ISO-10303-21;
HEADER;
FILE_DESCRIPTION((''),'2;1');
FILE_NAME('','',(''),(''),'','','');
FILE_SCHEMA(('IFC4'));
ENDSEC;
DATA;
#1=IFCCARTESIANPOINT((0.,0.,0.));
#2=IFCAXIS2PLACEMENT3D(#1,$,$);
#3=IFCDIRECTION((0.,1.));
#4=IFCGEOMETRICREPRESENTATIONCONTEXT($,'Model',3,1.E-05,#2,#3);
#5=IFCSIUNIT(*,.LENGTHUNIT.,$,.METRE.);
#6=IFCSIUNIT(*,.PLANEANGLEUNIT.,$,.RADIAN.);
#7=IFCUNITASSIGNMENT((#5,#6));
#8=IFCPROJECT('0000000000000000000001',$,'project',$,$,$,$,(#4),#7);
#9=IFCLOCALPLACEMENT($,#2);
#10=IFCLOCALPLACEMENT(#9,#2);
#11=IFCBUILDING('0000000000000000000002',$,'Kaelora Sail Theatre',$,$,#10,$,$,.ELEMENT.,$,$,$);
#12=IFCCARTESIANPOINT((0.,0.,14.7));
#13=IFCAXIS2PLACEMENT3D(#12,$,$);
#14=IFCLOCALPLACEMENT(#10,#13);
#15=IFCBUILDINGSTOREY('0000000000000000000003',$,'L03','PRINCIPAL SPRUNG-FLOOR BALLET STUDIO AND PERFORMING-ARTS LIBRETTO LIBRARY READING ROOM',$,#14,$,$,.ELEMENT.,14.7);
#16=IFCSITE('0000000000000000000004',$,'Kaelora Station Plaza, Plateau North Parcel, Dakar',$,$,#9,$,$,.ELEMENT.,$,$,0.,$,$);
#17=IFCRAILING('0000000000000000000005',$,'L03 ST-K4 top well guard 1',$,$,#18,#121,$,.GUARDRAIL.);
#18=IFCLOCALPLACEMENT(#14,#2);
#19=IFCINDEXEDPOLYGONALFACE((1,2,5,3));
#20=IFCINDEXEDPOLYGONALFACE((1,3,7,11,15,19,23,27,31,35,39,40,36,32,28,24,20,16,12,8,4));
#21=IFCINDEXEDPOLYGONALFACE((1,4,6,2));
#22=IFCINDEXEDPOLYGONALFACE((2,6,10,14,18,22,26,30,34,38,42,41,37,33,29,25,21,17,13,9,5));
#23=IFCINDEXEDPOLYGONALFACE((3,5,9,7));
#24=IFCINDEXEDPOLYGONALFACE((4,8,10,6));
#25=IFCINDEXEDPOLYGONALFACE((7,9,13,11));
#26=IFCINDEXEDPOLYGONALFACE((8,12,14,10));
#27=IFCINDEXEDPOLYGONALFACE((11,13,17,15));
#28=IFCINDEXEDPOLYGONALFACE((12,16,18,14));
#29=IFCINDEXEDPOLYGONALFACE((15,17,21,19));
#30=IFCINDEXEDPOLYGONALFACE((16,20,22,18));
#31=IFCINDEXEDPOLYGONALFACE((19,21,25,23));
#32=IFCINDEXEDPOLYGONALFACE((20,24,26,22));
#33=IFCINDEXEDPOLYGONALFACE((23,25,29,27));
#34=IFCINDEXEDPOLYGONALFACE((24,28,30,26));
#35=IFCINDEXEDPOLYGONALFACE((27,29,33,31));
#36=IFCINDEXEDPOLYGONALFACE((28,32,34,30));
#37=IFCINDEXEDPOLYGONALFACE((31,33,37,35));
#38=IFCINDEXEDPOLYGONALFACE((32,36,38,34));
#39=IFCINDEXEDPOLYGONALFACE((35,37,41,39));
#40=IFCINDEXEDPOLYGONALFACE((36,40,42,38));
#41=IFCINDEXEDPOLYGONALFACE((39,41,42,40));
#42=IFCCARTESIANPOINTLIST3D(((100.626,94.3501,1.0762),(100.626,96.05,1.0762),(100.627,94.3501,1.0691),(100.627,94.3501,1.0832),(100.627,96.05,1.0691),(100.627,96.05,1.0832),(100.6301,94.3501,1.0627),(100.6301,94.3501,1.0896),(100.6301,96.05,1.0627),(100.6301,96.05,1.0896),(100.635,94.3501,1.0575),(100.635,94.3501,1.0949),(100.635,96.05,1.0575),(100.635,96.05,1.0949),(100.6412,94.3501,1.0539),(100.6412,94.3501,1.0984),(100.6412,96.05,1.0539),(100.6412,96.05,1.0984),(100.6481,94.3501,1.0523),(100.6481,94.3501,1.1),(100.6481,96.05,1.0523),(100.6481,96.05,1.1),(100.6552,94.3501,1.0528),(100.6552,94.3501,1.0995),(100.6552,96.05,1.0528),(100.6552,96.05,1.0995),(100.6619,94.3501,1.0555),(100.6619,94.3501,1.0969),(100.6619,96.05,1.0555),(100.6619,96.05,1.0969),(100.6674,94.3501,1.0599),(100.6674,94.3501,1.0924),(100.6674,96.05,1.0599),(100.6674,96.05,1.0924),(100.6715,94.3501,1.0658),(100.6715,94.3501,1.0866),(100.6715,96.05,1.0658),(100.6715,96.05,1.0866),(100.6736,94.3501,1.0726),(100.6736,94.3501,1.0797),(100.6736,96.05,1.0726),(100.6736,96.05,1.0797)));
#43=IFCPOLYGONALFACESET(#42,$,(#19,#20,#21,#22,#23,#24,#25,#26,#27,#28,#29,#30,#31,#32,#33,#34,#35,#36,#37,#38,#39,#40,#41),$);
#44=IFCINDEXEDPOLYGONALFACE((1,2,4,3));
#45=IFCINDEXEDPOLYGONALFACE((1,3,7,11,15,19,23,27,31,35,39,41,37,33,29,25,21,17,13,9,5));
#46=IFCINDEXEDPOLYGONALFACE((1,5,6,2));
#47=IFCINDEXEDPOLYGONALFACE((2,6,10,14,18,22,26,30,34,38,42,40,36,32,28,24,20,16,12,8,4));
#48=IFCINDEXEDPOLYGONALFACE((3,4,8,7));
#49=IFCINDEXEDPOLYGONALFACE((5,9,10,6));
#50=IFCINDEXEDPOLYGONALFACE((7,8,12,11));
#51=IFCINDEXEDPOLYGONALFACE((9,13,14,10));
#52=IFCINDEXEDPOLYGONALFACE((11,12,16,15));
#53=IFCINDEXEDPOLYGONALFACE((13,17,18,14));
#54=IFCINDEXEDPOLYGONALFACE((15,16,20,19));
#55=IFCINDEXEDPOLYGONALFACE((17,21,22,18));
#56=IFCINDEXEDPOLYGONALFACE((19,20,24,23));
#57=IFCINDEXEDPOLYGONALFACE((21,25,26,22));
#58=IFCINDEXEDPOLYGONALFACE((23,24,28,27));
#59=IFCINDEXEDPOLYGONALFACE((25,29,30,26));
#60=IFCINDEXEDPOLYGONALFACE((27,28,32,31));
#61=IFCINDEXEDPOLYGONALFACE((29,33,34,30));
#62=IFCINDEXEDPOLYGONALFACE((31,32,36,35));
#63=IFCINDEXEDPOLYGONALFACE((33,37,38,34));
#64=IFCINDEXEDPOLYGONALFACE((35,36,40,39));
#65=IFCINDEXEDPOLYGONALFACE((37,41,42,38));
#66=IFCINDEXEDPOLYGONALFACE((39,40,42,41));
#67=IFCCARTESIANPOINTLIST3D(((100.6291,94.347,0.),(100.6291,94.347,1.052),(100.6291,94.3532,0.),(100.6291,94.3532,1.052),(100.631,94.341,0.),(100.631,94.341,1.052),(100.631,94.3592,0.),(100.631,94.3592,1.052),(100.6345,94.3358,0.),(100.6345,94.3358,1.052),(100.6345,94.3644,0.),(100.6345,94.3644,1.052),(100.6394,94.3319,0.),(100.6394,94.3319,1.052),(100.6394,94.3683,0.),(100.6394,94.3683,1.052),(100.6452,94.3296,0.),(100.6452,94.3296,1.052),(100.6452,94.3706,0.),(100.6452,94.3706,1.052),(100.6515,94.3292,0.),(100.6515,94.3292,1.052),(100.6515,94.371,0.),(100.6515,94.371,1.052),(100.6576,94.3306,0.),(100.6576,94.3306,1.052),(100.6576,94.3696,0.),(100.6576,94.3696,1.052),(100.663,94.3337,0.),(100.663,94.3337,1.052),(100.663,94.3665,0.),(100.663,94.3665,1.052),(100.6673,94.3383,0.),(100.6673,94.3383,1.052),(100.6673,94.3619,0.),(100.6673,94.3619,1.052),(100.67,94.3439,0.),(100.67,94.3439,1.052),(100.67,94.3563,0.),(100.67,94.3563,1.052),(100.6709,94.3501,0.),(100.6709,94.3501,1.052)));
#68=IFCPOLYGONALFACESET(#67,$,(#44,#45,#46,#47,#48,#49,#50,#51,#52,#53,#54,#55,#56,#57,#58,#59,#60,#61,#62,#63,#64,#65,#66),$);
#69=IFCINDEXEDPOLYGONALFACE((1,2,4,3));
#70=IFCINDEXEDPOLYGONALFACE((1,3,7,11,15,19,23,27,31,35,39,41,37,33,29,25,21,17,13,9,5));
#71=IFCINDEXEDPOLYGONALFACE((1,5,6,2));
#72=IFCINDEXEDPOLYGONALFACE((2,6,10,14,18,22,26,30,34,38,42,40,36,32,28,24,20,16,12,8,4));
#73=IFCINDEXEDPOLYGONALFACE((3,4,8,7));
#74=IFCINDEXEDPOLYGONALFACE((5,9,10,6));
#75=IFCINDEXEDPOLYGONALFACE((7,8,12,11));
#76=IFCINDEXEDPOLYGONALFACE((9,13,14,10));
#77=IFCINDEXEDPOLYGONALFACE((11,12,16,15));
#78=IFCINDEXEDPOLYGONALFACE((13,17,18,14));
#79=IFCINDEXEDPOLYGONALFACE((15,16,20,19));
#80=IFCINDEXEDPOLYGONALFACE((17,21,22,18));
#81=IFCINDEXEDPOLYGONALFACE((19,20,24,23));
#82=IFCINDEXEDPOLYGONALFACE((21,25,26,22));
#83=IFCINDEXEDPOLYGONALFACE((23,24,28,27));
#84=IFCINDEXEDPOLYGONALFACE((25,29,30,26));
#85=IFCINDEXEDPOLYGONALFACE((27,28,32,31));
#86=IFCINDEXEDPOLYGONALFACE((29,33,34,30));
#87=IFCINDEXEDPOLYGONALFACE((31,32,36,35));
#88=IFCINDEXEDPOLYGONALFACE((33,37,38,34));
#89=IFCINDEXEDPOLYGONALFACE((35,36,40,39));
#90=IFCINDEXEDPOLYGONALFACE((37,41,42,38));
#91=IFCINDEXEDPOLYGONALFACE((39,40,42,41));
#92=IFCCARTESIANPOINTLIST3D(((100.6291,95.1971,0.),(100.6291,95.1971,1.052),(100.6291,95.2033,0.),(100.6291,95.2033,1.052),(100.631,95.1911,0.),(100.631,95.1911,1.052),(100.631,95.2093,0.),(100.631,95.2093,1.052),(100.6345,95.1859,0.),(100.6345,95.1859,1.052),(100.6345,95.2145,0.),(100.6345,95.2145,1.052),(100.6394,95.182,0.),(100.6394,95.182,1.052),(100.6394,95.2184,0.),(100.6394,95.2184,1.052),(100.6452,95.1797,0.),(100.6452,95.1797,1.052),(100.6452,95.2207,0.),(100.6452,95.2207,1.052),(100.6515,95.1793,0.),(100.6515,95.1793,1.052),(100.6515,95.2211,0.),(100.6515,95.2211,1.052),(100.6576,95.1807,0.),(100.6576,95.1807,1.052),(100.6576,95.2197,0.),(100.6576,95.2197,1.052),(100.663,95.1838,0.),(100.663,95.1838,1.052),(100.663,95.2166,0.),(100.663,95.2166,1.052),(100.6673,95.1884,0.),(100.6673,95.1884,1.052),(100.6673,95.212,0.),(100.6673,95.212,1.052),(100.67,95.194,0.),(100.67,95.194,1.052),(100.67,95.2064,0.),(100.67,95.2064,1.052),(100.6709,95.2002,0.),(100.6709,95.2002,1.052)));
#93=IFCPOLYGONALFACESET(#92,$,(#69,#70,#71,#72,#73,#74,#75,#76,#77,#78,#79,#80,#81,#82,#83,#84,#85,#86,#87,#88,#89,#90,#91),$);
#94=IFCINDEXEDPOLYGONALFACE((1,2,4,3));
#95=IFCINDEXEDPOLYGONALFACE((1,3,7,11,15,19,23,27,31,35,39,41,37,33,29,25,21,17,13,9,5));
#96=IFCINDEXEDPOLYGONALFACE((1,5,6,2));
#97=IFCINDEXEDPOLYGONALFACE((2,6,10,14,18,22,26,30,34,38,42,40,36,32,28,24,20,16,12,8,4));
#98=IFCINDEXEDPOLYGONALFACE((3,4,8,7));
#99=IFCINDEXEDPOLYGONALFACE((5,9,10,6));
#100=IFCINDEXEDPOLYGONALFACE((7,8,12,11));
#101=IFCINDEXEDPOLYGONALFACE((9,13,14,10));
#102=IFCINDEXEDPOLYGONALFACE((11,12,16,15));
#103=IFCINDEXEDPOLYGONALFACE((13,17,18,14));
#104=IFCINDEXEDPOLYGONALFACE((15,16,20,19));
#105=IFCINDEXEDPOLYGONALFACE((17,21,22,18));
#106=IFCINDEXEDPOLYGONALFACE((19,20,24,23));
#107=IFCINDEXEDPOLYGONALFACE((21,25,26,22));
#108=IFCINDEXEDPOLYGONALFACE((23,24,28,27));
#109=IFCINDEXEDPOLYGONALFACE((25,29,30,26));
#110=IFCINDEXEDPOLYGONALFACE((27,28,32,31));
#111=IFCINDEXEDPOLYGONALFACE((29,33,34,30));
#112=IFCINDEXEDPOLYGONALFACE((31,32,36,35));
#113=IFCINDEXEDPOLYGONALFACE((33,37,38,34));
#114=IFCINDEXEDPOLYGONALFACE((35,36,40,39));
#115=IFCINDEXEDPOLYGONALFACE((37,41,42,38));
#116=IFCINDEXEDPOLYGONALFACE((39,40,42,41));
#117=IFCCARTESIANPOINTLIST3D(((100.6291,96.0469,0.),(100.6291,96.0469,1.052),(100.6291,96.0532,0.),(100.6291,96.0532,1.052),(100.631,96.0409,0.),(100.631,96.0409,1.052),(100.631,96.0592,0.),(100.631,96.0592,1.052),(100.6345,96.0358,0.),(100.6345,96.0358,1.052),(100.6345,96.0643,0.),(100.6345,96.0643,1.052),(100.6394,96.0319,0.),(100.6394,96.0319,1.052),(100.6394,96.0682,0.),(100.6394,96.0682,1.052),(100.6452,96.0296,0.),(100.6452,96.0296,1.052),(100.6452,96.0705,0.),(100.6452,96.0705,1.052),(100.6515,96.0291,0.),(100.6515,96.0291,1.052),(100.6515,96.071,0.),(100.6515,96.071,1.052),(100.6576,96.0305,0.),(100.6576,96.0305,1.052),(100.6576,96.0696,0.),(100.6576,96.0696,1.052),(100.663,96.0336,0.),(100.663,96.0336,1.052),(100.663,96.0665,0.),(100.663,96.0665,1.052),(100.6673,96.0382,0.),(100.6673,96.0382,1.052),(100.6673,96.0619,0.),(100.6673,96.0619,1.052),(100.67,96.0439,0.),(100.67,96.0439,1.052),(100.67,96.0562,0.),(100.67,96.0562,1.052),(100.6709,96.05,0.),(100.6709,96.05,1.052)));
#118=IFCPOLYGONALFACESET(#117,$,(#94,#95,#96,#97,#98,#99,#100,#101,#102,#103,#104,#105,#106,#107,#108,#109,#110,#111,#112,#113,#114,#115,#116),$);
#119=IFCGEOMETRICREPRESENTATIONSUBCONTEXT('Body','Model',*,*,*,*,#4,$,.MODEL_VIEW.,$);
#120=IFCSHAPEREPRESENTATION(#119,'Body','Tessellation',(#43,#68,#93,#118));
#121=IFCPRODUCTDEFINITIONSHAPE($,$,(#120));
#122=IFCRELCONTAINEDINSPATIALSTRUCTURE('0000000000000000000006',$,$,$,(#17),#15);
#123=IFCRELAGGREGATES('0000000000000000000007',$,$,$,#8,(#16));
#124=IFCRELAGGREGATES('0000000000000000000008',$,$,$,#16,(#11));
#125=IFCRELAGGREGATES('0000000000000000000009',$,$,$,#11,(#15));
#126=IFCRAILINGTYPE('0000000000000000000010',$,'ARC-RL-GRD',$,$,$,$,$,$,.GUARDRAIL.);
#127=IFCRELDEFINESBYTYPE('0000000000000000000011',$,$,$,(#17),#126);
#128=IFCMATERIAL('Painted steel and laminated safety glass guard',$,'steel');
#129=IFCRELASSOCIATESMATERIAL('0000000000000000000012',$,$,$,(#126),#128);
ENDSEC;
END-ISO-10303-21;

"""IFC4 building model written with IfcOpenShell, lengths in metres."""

from ifc_helpers import new_model, si_unit, direction, frame, origin, origin_2d, place, context, subcontext, project, spatial, circle, extrude, material, type_object, element, save


model = new_model("IFC4")

# Units and contexts
model_context = context("Model", 3, precision=1e-05, world=origin(), true_north=direction((0.0, 1.0)))
body_context = subcontext(model_context, "Body", "Model", "MODEL_VIEW")
ifc_project = project(units=[si_unit("LENGTHUNIT", "METRE"), si_unit("PLANEANGLEUNIT", "RADIAN")], contexts=[model_context])

# Site, building, storey
site_placement = place(None, origin())
site = spatial("IfcSite", under=ifc_project, at=site_placement, Name="Kaelora Station Plaza, Plateau North Parcel, Dakar", CompositionType="ELEMENT", RefElevation=0.0)
building_placement = place(site_placement, origin())
building = spatial("IfcBuilding", under=site, at=building_placement, Name="Kaelora Sail Theatre", CompositionType="ELEMENT")
storey_placement = place(building_placement, frame((0.0, 0.0, 14.7)))
storey = spatial("IfcBuildingStorey", under=building, at=storey_placement, Name="L03", Description="PRINCIPAL SPRUNG-FLOOR BALLET STUDIO AND PERFORMING-ARTS LIBRETTO LIBRARY READING ROOM", CompositionType="ELEMENT", Elevation=14.7)

# Railing
ifc_material_1 = material(Name="Painted steel and laminated safety glass guard", Category="steel")
railing_type = type_object("IfcRailingType", Name="ARC-RL-GRD", PredefinedType="GUARDRAIL", material=ifc_material_1)
railing_placement = place(storey_placement, frame((100.6499, 94.3501, 0.0)))
element("IfcRailing", 1, at=railing_placement, inside=storey, type_object=railing_type, Name="L03 ST-K4 top well guard 1", PredefinedType="GUARDRAIL", context=body_context, shape_type="SweptSolid", body=[
    extrude(circle(Radius=0.0239, at=origin_2d()), frame((0.0, 0.0, 1.0762), z_axis=(0.0, 1.0, 0.0), x_axis=(-1.0, 0.0, 0.0)), (0.0, 0.0, 1.0), 1.7),
    extrude(circle(Radius=0.021, at=origin_2d()), origin(), (0.0, 0.0, 1.0), 1.052),
    extrude(circle(Radius=0.021, at=origin_2d()), frame((0.0, 0.8501, 0.0)), (0.0, 0.0, 1.0), 1.052),
    extrude(circle(Radius=0.021, at=origin_2d()), frame((0.0, 1.7, 0.0)), (0.0, 0.0, 1.0), 1.052),
])

save(model, "model.ifc")
